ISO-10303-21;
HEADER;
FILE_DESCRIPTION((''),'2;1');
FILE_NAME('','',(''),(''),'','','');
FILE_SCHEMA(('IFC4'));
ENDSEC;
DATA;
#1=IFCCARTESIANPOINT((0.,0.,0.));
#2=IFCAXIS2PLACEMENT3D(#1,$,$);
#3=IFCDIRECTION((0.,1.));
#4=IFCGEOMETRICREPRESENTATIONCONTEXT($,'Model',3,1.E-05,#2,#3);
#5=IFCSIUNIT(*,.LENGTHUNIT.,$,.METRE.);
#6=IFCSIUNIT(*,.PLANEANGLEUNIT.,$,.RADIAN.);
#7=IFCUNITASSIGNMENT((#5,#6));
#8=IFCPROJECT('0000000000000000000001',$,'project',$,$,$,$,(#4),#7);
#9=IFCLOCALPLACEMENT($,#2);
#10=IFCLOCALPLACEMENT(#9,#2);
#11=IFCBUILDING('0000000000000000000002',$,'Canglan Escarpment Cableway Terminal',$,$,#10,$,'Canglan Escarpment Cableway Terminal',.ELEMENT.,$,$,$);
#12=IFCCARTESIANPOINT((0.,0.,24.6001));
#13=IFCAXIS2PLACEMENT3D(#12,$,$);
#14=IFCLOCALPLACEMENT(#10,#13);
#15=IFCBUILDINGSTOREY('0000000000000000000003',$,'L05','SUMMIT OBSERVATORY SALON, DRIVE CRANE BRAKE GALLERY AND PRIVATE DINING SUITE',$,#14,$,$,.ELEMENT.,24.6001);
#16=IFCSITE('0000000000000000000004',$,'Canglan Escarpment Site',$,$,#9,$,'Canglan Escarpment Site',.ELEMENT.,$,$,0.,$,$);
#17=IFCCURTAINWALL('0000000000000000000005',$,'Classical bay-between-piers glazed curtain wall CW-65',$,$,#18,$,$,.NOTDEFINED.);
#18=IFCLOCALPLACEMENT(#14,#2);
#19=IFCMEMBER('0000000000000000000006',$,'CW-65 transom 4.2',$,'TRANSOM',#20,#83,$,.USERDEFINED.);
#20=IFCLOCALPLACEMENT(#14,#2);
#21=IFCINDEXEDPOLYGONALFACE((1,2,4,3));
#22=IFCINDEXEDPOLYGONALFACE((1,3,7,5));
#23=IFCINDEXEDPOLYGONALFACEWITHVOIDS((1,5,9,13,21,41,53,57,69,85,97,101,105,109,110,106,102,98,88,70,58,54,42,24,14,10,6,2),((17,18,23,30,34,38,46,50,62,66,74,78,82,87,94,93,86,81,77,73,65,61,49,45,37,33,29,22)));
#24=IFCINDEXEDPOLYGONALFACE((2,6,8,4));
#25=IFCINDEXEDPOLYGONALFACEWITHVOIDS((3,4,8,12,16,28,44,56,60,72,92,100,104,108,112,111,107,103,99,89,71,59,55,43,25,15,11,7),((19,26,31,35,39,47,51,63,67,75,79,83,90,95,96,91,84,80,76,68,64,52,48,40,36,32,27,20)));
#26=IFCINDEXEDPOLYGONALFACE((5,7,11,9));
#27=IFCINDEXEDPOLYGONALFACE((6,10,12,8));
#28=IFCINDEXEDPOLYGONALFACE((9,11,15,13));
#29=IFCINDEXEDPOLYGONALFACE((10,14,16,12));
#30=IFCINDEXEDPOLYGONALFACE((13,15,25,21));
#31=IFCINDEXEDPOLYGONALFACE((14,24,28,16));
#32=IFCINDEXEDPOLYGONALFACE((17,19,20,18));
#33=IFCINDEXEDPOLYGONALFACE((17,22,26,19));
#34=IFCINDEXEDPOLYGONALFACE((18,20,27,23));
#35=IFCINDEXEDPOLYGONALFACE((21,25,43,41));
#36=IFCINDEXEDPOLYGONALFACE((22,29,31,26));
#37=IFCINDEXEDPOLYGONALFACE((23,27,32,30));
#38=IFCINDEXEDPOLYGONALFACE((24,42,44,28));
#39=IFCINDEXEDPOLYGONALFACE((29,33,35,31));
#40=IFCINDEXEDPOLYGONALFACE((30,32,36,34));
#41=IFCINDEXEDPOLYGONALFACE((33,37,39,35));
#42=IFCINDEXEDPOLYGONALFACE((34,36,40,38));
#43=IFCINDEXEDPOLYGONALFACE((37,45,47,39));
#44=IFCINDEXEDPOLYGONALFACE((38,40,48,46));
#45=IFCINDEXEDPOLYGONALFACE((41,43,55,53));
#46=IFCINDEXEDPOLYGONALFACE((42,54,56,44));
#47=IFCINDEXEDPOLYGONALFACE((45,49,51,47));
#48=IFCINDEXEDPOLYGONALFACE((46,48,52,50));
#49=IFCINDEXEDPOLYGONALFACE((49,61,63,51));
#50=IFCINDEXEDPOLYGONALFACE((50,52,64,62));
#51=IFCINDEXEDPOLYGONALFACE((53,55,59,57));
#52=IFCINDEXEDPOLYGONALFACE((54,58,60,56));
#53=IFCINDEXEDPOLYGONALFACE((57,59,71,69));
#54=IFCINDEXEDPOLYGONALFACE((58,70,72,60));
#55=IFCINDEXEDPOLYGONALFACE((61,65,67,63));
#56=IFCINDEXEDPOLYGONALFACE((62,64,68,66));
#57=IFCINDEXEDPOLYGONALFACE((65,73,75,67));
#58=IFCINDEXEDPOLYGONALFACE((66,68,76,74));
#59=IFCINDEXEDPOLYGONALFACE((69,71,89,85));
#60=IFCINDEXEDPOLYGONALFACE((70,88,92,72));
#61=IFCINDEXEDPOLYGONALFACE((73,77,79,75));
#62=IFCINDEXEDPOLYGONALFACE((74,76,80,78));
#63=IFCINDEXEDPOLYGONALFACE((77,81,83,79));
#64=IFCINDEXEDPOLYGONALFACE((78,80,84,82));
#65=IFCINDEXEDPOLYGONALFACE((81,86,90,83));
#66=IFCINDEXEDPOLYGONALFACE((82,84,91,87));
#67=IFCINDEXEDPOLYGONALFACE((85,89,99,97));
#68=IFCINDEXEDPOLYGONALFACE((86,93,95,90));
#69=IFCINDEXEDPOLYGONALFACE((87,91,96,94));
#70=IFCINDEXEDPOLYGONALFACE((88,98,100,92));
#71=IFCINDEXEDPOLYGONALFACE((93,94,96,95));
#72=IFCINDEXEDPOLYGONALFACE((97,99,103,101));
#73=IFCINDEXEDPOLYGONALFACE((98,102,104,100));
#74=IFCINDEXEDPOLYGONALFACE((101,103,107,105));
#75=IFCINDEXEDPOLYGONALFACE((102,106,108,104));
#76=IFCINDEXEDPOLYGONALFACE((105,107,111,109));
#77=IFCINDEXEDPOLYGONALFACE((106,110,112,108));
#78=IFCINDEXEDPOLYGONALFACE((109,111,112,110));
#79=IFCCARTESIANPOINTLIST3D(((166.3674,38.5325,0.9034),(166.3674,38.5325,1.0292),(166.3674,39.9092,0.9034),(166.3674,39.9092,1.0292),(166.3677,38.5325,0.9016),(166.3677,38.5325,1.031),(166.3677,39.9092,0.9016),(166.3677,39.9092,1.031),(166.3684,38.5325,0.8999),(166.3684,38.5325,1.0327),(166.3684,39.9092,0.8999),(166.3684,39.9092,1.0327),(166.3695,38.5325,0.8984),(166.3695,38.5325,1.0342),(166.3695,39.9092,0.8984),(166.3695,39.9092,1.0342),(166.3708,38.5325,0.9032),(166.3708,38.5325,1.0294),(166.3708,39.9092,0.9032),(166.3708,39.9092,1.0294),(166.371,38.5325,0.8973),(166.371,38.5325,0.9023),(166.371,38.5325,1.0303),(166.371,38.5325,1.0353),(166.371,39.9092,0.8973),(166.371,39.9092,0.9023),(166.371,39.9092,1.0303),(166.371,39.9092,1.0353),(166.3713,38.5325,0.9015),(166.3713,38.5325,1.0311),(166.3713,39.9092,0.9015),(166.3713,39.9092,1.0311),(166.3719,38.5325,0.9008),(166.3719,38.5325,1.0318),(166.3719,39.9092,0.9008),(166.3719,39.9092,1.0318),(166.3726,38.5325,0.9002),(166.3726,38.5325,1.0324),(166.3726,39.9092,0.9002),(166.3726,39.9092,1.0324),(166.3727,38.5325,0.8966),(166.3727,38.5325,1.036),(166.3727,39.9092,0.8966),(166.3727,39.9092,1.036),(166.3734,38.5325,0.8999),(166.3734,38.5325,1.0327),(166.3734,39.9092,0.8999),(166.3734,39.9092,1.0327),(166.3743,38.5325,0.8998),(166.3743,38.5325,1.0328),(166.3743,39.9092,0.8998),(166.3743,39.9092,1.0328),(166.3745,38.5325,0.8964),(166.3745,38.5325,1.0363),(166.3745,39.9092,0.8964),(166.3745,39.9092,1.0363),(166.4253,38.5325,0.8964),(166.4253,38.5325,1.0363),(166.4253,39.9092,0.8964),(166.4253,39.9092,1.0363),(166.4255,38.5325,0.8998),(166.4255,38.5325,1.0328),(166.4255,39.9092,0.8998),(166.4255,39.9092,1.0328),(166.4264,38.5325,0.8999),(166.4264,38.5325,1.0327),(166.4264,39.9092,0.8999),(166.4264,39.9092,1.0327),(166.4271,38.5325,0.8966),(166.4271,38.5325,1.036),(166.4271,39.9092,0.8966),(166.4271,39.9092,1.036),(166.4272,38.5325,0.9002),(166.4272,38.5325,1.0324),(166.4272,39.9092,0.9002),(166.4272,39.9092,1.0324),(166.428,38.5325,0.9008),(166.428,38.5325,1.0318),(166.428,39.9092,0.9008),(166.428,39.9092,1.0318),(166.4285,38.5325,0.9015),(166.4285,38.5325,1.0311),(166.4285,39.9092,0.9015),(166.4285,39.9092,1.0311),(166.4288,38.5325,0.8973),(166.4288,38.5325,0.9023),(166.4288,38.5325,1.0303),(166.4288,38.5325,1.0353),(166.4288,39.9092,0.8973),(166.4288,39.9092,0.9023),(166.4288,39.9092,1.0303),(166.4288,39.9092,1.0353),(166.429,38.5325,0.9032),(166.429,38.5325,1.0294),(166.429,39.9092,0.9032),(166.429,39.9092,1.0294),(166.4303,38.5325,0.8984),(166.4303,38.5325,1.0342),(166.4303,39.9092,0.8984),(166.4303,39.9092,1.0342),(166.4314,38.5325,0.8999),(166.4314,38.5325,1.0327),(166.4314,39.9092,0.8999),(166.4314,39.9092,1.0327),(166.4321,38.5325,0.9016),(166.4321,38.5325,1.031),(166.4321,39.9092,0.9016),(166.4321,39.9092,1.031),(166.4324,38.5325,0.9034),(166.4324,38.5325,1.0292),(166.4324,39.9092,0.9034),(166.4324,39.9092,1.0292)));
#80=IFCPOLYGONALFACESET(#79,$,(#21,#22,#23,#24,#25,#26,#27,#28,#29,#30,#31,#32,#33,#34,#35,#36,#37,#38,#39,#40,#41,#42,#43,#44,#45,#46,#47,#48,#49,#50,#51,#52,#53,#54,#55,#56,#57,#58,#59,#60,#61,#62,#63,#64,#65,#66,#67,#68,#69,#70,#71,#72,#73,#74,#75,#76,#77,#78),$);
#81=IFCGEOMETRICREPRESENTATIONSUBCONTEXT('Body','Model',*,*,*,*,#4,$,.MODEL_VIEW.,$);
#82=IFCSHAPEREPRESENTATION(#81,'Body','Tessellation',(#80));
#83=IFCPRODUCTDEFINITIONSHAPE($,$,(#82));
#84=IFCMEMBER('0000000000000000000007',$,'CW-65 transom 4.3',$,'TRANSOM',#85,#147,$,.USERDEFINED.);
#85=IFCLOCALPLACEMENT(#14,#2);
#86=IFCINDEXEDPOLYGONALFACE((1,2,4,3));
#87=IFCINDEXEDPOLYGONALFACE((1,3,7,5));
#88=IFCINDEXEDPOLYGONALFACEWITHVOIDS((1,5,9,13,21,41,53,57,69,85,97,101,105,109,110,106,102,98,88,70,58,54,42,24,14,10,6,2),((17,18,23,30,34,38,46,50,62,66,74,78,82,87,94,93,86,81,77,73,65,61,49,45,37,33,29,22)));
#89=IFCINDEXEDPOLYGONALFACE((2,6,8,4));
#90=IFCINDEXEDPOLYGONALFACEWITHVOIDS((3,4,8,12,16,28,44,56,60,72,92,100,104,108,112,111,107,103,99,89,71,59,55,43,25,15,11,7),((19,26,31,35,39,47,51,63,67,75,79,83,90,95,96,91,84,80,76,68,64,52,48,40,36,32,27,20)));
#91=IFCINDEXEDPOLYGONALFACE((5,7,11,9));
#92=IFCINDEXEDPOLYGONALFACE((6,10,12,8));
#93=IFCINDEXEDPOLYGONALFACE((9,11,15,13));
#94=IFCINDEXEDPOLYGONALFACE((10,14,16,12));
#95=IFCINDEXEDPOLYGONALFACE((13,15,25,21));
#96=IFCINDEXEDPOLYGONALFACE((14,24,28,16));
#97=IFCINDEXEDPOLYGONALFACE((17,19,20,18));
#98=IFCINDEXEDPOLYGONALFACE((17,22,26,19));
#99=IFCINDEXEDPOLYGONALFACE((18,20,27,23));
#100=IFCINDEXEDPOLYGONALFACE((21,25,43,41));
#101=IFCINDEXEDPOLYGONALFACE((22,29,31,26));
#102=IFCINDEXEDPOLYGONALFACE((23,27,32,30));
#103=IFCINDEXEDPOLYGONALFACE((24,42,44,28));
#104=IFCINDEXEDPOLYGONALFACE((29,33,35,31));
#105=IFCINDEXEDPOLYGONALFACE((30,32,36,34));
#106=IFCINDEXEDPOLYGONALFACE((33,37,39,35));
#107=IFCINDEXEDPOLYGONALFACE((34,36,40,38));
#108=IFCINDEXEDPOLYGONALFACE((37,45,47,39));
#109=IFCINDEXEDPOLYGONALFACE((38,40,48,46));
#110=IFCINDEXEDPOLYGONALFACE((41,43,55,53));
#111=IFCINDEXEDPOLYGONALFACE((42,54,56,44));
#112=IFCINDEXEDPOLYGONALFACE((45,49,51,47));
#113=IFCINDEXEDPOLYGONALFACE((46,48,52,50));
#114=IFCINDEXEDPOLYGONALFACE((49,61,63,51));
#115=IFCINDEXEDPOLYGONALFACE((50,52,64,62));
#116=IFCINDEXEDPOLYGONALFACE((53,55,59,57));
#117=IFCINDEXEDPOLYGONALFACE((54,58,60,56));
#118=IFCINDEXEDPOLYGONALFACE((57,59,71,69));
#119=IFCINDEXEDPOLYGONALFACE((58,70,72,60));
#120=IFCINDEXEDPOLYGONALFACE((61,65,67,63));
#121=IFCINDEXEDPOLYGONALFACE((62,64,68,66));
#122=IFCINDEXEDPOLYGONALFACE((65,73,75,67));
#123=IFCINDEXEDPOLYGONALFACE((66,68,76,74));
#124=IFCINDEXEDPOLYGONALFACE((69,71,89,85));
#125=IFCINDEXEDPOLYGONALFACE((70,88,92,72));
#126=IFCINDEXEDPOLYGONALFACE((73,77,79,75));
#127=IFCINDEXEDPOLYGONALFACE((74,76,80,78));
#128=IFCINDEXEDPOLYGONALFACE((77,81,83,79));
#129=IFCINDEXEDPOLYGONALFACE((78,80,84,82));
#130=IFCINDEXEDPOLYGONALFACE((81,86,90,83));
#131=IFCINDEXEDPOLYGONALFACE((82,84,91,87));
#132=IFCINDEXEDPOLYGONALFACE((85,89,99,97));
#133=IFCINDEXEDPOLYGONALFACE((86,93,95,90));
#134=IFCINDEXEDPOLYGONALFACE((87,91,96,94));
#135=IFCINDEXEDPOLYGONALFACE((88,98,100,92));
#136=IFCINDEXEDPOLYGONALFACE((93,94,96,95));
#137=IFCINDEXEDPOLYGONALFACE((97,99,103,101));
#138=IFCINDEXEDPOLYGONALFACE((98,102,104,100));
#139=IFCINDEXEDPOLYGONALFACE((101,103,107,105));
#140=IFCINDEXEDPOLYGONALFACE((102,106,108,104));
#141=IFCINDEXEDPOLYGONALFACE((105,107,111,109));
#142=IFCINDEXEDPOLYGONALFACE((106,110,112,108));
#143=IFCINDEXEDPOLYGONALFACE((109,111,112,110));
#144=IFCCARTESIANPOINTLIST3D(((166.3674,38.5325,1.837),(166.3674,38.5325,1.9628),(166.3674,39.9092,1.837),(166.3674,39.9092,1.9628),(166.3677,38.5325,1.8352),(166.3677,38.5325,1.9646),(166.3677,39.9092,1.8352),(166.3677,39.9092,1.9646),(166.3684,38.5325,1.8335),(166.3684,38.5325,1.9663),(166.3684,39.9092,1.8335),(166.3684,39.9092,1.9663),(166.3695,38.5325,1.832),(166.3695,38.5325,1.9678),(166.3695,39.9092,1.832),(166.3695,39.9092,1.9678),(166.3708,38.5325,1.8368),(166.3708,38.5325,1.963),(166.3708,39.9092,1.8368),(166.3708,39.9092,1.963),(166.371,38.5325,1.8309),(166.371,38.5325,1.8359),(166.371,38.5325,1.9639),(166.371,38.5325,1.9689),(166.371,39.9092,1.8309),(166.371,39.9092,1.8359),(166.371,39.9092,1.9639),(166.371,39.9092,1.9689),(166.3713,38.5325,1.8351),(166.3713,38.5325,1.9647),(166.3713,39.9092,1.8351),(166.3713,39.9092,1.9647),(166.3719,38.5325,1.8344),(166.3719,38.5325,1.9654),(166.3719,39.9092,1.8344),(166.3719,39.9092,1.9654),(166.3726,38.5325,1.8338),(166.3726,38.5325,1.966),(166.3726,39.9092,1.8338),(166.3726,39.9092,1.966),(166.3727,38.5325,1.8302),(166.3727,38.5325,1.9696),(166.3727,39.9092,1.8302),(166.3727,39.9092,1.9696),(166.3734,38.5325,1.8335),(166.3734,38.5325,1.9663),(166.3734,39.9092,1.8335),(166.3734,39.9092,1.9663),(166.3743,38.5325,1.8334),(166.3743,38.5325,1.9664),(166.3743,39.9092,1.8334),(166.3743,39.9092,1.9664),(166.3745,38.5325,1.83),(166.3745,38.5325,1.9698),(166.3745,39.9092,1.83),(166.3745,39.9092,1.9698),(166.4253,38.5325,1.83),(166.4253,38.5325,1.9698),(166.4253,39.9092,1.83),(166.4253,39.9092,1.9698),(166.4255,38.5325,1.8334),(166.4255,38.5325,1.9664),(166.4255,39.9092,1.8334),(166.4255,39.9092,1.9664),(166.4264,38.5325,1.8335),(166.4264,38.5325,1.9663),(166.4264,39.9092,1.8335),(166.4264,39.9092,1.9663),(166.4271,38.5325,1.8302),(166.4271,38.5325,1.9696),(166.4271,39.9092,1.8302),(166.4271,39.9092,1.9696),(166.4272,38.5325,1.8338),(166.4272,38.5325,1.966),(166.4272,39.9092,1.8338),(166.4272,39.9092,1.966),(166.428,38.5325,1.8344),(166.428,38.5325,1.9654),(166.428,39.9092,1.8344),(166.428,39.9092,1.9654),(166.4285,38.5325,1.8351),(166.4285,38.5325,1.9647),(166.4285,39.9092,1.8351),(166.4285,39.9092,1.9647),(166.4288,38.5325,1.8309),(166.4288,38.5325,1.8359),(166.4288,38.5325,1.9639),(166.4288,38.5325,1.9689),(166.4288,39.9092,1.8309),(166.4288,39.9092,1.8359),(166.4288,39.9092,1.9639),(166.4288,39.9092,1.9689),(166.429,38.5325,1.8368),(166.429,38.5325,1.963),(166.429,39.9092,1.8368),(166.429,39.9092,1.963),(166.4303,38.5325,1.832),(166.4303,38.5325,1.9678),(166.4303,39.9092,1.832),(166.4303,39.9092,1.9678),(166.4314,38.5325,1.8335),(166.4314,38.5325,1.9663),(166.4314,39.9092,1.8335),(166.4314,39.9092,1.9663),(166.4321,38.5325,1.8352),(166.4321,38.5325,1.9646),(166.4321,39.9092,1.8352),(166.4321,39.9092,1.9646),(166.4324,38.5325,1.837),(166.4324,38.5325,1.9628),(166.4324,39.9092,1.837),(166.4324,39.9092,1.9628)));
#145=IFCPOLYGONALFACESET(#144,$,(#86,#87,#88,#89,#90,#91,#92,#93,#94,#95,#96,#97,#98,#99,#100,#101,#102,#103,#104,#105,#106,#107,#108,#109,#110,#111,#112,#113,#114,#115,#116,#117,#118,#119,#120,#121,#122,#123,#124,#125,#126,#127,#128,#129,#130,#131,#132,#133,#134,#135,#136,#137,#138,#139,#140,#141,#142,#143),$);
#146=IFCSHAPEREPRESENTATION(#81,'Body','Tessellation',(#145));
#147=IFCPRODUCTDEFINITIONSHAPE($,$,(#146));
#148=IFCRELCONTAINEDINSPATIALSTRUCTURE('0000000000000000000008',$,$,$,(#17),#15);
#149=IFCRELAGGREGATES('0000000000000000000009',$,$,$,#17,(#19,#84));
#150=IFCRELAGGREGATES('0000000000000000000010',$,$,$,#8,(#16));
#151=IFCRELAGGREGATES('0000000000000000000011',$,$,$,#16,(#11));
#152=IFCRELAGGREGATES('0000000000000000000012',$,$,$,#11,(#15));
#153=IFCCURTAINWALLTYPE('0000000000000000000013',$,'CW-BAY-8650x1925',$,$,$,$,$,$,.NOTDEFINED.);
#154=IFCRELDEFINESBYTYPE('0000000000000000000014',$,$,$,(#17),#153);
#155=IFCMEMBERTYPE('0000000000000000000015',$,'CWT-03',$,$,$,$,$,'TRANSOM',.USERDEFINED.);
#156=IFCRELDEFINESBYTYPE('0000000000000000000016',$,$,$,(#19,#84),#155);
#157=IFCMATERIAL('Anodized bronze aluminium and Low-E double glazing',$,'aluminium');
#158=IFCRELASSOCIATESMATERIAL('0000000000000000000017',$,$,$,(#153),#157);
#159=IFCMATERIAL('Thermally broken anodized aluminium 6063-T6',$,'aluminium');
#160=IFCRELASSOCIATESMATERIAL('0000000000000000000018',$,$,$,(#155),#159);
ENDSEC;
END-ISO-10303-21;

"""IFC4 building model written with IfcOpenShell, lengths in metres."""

from ifc_helpers import new_model, si_unit, direction, frame, origin, origin_2d, place, context, subcontext, project, spatial, hollow_rectangle, extrude, material, material_profile, profile_set, type_object, element, aggregate, save


model = new_model("IFC4")

# Units and contexts
model_context = context("Model", 3, precision=1e-05, world=origin(), true_north=direction((0.0, 1.0)))
body_context = subcontext(model_context, "Body", "Model", "MODEL_VIEW")
ifc_project = project(units=[si_unit("LENGTHUNIT", "METRE"), si_unit("PLANEANGLEUNIT", "RADIAN")], contexts=[model_context])

# Site, building, storey
site_placement = place(None, origin())
site = spatial("IfcSite", under=ifc_project, at=site_placement, Name="Canglan Escarpment Site", LongName="Canglan Escarpment Site", CompositionType="ELEMENT", RefElevation=0.0)
building_placement = place(site_placement, origin())
building = spatial("IfcBuilding", under=site, at=building_placement, Name="Canglan Escarpment Cableway Terminal", LongName="Canglan Escarpment Cableway Terminal", CompositionType="ELEMENT")
storey_placement = place(building_placement, frame((0.0, 0.0, 24.6001)))
storey = spatial("IfcBuildingStorey", under=building, at=storey_placement, Name="L05", Description="SUMMIT OBSERVATORY SALON, DRIVE CRANE BRAKE GALLERY AND PRIVATE DINING SUITE", CompositionType="ELEMENT", Elevation=24.6001)

# Curtain wall, members
ifc_material_1 = material(Name="Anodized bronze aluminium and Low-E double glazing", Category="aluminium")
curtain_wall_type = type_object("IfcCurtainWallType", Name="CW-BAY-8650x1925", PredefinedType="NOTDEFINED", material=ifc_material_1)
curtain_wall_placement = place(storey_placement, origin())
curtain_wall = element("IfcCurtainWall", 1, at=curtain_wall_placement, inside=storey, type_object=curtain_wall_type, Name="Classical bay-between-piers glazed curtain wall CW-65", PredefinedType="NOTDEFINED")
ifc_material_2 = material(Name="Thermally broken anodized aluminium 6063-T6", Category="aluminium")
ifc_material_profile_1 = material_profile(ifc_material_2, hollow_rectangle(XDim=0.0649, YDim=0.1399, WallThickness=0.0034, InnerFilletRadius=0.0034, OuterFilletRadius=0.0071, at=origin_2d()), Name="ALU-TRAN 65x140x3.5")
ifc_profile_set_1 = profile_set([ifc_material_profile_1], Name="Thermally broken anodized aluminium 6063-T6")
member_type_1 = type_object("IfcMemberType", Name="CWT-03", ElementType="TRANSOM", PredefinedType="USERDEFINED", material=ifc_profile_set_1)
member_1_placement = place(storey_placement, frame((166.3999, 38.5325, 0.9663), z_axis=(0.0, 1.0, 0.0), x_axis=(-1.0, 0.0, 0.0)))
member_1 = element("IfcMember", 2, at=member_1_placement, type_object=member_type_1, Name="CW-65 transom 4.2", ObjectType="TRANSOM", PredefinedType="USERDEFINED", context=body_context, shape_type="SweptSolid", body=[
    extrude(hollow_rectangle(XDim=0.0649, YDim=0.1399, WallThickness=0.0034, InnerFilletRadius=0.0034, OuterFilletRadius=0.0071, at=origin_2d()), origin(), (0.0, 0.0, 1.0), 1.3767),
])
member_2_placement = place(storey_placement, frame((166.3999, 38.5325, 1.8999), z_axis=(0.0, 1.0, 0.0), x_axis=(-1.0, 0.0, 0.0)))
member_2 = element("IfcMember", 3, at=member_2_placement, type_object=member_type_1, Name="CW-65 transom 4.3", ObjectType="TRANSOM", PredefinedType="USERDEFINED", context=body_context, shape_type="SweptSolid", body=[
    extrude(hollow_rectangle(XDim=0.0649, YDim=0.1399, WallThickness=0.0034, InnerFilletRadius=0.0034, OuterFilletRadius=0.0071, at=origin_2d()), origin(), (0.0, 0.0, 1.0), 1.3767),
])
aggregate(curtain_wall, [member_1, member_2])

save(model, "model.ifc")
